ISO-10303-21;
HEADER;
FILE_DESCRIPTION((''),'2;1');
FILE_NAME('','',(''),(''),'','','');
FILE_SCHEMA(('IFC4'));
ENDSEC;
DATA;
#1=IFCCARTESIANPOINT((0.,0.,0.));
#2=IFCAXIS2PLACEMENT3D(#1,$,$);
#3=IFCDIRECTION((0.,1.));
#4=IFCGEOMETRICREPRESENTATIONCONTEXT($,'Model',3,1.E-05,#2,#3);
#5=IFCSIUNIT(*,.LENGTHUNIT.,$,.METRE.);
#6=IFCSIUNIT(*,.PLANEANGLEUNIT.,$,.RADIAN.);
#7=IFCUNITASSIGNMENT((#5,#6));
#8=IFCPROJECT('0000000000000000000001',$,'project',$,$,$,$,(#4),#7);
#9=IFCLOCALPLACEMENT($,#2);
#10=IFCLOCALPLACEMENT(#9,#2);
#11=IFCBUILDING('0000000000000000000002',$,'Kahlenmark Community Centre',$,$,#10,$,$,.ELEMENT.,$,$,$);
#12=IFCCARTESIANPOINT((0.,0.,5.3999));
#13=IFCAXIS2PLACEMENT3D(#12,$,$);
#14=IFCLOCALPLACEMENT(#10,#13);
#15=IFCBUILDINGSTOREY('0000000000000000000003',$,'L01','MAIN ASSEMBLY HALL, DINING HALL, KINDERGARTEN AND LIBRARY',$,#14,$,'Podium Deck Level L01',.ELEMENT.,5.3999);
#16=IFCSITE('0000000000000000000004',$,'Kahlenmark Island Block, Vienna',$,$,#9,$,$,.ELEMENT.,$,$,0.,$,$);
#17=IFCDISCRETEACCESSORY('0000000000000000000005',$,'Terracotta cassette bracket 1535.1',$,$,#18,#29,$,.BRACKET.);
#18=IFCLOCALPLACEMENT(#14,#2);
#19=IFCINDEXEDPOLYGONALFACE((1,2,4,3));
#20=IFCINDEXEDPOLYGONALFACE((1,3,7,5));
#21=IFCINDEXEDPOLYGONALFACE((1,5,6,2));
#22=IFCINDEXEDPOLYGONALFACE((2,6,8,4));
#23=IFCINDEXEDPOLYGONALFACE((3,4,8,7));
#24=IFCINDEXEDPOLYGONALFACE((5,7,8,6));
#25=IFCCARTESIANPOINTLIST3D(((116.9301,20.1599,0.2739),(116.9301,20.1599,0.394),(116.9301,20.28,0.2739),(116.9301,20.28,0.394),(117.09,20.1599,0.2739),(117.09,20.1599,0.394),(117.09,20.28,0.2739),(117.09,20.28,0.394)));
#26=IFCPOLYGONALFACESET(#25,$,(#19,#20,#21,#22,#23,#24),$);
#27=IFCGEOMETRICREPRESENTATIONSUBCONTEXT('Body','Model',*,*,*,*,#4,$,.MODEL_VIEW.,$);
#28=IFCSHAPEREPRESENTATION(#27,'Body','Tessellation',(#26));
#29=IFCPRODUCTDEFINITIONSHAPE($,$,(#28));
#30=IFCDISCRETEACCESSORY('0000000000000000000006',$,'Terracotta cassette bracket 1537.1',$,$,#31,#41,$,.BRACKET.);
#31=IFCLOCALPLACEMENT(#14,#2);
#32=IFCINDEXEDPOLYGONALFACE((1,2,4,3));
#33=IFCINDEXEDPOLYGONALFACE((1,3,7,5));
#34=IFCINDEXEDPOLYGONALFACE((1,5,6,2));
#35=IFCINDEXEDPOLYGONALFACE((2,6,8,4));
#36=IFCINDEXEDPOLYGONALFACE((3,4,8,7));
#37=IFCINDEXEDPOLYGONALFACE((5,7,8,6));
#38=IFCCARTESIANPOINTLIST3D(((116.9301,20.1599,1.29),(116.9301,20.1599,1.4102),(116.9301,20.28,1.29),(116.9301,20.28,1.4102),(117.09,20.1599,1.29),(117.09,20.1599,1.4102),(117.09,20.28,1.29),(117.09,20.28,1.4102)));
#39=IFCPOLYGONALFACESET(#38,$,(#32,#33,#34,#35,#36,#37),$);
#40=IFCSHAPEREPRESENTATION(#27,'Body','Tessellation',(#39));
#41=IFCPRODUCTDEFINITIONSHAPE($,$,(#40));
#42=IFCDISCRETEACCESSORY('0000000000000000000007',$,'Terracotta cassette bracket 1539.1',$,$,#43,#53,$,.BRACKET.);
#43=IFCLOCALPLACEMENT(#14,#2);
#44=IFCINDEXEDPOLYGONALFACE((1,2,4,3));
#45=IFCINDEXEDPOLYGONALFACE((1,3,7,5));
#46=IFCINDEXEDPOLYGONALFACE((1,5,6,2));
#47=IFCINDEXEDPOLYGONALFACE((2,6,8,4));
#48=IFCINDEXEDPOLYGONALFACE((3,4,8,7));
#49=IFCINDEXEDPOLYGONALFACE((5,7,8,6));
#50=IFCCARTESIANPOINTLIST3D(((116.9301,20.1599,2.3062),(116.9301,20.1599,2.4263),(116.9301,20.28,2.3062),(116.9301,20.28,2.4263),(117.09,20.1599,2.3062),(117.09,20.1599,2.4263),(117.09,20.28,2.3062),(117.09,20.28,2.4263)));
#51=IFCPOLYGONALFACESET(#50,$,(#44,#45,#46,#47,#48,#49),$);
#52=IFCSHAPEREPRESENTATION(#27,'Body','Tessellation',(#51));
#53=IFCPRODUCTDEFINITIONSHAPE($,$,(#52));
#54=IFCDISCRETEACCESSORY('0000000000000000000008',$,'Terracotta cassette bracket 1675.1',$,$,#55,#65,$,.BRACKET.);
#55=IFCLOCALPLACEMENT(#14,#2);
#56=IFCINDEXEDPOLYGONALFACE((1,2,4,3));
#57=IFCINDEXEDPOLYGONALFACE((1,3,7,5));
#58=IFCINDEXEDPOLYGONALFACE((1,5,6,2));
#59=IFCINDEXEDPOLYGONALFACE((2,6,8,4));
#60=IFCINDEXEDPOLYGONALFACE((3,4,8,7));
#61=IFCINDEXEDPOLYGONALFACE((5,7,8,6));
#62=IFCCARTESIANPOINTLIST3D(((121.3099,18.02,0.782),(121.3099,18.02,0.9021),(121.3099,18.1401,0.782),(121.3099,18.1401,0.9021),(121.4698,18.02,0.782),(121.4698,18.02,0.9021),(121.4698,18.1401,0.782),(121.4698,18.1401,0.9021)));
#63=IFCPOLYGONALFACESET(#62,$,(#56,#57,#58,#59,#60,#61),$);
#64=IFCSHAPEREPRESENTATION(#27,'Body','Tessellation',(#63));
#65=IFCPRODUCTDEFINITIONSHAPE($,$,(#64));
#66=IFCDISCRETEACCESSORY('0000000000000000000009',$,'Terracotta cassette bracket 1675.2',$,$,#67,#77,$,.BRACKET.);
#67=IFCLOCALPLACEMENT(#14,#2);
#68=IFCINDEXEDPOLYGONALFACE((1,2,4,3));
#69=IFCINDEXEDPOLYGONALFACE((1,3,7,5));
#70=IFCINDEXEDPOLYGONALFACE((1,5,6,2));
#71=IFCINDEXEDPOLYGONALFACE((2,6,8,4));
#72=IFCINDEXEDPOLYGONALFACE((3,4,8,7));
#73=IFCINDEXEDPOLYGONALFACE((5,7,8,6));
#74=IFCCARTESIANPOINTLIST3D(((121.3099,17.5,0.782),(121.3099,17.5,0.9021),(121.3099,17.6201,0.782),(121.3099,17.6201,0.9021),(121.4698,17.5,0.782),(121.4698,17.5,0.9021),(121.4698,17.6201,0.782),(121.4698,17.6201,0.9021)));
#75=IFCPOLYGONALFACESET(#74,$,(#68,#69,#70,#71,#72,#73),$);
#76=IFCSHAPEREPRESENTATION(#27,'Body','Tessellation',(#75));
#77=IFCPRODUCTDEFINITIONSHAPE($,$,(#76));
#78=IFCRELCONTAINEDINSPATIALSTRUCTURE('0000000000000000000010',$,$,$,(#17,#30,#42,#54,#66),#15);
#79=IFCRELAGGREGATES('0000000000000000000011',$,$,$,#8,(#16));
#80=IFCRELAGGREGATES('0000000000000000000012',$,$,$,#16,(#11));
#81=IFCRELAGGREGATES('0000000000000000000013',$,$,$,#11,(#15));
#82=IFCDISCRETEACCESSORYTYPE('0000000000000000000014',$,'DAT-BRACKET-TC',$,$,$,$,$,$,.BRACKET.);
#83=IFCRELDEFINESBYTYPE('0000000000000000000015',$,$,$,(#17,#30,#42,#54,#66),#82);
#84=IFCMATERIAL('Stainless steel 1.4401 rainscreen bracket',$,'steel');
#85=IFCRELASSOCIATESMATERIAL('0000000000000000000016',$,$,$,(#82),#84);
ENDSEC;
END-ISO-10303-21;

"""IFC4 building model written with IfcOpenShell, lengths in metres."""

from ifc_helpers import new_model, si_unit, direction, frame, origin, origin_2d, place, context, subcontext, project, spatial, rectangle, extrude, material, type_object, element, save


model = new_model("IFC4")

# Units and contexts
model_context = context("Model", 3, precision=1e-05, world=origin(), true_north=direction((0.0, 1.0)))
body_context = subcontext(model_context, "Body", "Model", "MODEL_VIEW")
ifc_project = project(units=[si_unit("LENGTHUNIT", "METRE"), si_unit("PLANEANGLEUNIT", "RADIAN")], contexts=[model_context])

# Site, building, storey
site_placement = place(None, origin())
site = spatial("IfcSite", under=ifc_project, at=site_placement, Name="Kahlenmark Island Block, Vienna", CompositionType="ELEMENT", RefElevation=0.0)
building_placement = place(site_placement, origin())
building = spatial("IfcBuilding", under=site, at=building_placement, Name="Kahlenmark Community Centre", CompositionType="ELEMENT")
storey_placement = place(building_placement, frame((0.0, 0.0, 5.3999)))
storey = spatial("IfcBuildingStorey", under=building, at=storey_placement, Name="L01", Description="MAIN ASSEMBLY HALL, DINING HALL, KINDERGARTEN AND LIBRARY", LongName="Podium Deck Level L01", CompositionType="ELEMENT", Elevation=5.3999)

# Discrete accessories
ifc_material_1 = material(Name="Stainless steel 1.4401 rainscreen bracket", Category="steel")
discrete_accessory_type = type_object("IfcDiscreteAccessoryType", Name="DAT-BRACKET-TC", PredefinedType="BRACKET", material=ifc_material_1)
for number, where, z_axis, x_axis, name in (
    (1, (117.01, 20.22, 0.2739), (0.0, 0.0, 1.0), (0.0, 1.0, 0.0), "Terracotta cassette bracket 1535.1"),
    (2, (117.01, 20.22, 1.29), (0.0, 0.0, 1.0), (0.0, 1.0, 0.0), "Terracotta cassette bracket 1537.1"),
    (3, (117.01, 20.22, 2.3062), (0.0, 0.0, 1.0), (0.0, 1.0, 0.0), "Terracotta cassette bracket 1539.1"),
    (4, (121.3899, 18.0801, 0.782), (0.0, 0.0, 1.0), (0.0, -1.0, 0.0), "Terracotta cassette bracket 1675.1"),
    (5, (121.3899, 17.5601, 0.782), (0.0, 0.0, 1.0), (0.0, -1.0, 0.0), "Terracotta cassette bracket 1675.2"),
):
    element("IfcDiscreteAccessory", number, at=place(storey_placement, frame(where, z_axis=z_axis, x_axis=x_axis)), inside=storey, type_object=discrete_accessory_type, Name=name, PredefinedType="BRACKET", context=body_context, shape_type="SweptSolid", body=[
        extrude(rectangle(XDim=0.1201, YDim=0.1599, at=origin_2d()), origin(), (0.0, 0.0, 1.0), 0.1201),
    ])

save(model, "model.ifc")
